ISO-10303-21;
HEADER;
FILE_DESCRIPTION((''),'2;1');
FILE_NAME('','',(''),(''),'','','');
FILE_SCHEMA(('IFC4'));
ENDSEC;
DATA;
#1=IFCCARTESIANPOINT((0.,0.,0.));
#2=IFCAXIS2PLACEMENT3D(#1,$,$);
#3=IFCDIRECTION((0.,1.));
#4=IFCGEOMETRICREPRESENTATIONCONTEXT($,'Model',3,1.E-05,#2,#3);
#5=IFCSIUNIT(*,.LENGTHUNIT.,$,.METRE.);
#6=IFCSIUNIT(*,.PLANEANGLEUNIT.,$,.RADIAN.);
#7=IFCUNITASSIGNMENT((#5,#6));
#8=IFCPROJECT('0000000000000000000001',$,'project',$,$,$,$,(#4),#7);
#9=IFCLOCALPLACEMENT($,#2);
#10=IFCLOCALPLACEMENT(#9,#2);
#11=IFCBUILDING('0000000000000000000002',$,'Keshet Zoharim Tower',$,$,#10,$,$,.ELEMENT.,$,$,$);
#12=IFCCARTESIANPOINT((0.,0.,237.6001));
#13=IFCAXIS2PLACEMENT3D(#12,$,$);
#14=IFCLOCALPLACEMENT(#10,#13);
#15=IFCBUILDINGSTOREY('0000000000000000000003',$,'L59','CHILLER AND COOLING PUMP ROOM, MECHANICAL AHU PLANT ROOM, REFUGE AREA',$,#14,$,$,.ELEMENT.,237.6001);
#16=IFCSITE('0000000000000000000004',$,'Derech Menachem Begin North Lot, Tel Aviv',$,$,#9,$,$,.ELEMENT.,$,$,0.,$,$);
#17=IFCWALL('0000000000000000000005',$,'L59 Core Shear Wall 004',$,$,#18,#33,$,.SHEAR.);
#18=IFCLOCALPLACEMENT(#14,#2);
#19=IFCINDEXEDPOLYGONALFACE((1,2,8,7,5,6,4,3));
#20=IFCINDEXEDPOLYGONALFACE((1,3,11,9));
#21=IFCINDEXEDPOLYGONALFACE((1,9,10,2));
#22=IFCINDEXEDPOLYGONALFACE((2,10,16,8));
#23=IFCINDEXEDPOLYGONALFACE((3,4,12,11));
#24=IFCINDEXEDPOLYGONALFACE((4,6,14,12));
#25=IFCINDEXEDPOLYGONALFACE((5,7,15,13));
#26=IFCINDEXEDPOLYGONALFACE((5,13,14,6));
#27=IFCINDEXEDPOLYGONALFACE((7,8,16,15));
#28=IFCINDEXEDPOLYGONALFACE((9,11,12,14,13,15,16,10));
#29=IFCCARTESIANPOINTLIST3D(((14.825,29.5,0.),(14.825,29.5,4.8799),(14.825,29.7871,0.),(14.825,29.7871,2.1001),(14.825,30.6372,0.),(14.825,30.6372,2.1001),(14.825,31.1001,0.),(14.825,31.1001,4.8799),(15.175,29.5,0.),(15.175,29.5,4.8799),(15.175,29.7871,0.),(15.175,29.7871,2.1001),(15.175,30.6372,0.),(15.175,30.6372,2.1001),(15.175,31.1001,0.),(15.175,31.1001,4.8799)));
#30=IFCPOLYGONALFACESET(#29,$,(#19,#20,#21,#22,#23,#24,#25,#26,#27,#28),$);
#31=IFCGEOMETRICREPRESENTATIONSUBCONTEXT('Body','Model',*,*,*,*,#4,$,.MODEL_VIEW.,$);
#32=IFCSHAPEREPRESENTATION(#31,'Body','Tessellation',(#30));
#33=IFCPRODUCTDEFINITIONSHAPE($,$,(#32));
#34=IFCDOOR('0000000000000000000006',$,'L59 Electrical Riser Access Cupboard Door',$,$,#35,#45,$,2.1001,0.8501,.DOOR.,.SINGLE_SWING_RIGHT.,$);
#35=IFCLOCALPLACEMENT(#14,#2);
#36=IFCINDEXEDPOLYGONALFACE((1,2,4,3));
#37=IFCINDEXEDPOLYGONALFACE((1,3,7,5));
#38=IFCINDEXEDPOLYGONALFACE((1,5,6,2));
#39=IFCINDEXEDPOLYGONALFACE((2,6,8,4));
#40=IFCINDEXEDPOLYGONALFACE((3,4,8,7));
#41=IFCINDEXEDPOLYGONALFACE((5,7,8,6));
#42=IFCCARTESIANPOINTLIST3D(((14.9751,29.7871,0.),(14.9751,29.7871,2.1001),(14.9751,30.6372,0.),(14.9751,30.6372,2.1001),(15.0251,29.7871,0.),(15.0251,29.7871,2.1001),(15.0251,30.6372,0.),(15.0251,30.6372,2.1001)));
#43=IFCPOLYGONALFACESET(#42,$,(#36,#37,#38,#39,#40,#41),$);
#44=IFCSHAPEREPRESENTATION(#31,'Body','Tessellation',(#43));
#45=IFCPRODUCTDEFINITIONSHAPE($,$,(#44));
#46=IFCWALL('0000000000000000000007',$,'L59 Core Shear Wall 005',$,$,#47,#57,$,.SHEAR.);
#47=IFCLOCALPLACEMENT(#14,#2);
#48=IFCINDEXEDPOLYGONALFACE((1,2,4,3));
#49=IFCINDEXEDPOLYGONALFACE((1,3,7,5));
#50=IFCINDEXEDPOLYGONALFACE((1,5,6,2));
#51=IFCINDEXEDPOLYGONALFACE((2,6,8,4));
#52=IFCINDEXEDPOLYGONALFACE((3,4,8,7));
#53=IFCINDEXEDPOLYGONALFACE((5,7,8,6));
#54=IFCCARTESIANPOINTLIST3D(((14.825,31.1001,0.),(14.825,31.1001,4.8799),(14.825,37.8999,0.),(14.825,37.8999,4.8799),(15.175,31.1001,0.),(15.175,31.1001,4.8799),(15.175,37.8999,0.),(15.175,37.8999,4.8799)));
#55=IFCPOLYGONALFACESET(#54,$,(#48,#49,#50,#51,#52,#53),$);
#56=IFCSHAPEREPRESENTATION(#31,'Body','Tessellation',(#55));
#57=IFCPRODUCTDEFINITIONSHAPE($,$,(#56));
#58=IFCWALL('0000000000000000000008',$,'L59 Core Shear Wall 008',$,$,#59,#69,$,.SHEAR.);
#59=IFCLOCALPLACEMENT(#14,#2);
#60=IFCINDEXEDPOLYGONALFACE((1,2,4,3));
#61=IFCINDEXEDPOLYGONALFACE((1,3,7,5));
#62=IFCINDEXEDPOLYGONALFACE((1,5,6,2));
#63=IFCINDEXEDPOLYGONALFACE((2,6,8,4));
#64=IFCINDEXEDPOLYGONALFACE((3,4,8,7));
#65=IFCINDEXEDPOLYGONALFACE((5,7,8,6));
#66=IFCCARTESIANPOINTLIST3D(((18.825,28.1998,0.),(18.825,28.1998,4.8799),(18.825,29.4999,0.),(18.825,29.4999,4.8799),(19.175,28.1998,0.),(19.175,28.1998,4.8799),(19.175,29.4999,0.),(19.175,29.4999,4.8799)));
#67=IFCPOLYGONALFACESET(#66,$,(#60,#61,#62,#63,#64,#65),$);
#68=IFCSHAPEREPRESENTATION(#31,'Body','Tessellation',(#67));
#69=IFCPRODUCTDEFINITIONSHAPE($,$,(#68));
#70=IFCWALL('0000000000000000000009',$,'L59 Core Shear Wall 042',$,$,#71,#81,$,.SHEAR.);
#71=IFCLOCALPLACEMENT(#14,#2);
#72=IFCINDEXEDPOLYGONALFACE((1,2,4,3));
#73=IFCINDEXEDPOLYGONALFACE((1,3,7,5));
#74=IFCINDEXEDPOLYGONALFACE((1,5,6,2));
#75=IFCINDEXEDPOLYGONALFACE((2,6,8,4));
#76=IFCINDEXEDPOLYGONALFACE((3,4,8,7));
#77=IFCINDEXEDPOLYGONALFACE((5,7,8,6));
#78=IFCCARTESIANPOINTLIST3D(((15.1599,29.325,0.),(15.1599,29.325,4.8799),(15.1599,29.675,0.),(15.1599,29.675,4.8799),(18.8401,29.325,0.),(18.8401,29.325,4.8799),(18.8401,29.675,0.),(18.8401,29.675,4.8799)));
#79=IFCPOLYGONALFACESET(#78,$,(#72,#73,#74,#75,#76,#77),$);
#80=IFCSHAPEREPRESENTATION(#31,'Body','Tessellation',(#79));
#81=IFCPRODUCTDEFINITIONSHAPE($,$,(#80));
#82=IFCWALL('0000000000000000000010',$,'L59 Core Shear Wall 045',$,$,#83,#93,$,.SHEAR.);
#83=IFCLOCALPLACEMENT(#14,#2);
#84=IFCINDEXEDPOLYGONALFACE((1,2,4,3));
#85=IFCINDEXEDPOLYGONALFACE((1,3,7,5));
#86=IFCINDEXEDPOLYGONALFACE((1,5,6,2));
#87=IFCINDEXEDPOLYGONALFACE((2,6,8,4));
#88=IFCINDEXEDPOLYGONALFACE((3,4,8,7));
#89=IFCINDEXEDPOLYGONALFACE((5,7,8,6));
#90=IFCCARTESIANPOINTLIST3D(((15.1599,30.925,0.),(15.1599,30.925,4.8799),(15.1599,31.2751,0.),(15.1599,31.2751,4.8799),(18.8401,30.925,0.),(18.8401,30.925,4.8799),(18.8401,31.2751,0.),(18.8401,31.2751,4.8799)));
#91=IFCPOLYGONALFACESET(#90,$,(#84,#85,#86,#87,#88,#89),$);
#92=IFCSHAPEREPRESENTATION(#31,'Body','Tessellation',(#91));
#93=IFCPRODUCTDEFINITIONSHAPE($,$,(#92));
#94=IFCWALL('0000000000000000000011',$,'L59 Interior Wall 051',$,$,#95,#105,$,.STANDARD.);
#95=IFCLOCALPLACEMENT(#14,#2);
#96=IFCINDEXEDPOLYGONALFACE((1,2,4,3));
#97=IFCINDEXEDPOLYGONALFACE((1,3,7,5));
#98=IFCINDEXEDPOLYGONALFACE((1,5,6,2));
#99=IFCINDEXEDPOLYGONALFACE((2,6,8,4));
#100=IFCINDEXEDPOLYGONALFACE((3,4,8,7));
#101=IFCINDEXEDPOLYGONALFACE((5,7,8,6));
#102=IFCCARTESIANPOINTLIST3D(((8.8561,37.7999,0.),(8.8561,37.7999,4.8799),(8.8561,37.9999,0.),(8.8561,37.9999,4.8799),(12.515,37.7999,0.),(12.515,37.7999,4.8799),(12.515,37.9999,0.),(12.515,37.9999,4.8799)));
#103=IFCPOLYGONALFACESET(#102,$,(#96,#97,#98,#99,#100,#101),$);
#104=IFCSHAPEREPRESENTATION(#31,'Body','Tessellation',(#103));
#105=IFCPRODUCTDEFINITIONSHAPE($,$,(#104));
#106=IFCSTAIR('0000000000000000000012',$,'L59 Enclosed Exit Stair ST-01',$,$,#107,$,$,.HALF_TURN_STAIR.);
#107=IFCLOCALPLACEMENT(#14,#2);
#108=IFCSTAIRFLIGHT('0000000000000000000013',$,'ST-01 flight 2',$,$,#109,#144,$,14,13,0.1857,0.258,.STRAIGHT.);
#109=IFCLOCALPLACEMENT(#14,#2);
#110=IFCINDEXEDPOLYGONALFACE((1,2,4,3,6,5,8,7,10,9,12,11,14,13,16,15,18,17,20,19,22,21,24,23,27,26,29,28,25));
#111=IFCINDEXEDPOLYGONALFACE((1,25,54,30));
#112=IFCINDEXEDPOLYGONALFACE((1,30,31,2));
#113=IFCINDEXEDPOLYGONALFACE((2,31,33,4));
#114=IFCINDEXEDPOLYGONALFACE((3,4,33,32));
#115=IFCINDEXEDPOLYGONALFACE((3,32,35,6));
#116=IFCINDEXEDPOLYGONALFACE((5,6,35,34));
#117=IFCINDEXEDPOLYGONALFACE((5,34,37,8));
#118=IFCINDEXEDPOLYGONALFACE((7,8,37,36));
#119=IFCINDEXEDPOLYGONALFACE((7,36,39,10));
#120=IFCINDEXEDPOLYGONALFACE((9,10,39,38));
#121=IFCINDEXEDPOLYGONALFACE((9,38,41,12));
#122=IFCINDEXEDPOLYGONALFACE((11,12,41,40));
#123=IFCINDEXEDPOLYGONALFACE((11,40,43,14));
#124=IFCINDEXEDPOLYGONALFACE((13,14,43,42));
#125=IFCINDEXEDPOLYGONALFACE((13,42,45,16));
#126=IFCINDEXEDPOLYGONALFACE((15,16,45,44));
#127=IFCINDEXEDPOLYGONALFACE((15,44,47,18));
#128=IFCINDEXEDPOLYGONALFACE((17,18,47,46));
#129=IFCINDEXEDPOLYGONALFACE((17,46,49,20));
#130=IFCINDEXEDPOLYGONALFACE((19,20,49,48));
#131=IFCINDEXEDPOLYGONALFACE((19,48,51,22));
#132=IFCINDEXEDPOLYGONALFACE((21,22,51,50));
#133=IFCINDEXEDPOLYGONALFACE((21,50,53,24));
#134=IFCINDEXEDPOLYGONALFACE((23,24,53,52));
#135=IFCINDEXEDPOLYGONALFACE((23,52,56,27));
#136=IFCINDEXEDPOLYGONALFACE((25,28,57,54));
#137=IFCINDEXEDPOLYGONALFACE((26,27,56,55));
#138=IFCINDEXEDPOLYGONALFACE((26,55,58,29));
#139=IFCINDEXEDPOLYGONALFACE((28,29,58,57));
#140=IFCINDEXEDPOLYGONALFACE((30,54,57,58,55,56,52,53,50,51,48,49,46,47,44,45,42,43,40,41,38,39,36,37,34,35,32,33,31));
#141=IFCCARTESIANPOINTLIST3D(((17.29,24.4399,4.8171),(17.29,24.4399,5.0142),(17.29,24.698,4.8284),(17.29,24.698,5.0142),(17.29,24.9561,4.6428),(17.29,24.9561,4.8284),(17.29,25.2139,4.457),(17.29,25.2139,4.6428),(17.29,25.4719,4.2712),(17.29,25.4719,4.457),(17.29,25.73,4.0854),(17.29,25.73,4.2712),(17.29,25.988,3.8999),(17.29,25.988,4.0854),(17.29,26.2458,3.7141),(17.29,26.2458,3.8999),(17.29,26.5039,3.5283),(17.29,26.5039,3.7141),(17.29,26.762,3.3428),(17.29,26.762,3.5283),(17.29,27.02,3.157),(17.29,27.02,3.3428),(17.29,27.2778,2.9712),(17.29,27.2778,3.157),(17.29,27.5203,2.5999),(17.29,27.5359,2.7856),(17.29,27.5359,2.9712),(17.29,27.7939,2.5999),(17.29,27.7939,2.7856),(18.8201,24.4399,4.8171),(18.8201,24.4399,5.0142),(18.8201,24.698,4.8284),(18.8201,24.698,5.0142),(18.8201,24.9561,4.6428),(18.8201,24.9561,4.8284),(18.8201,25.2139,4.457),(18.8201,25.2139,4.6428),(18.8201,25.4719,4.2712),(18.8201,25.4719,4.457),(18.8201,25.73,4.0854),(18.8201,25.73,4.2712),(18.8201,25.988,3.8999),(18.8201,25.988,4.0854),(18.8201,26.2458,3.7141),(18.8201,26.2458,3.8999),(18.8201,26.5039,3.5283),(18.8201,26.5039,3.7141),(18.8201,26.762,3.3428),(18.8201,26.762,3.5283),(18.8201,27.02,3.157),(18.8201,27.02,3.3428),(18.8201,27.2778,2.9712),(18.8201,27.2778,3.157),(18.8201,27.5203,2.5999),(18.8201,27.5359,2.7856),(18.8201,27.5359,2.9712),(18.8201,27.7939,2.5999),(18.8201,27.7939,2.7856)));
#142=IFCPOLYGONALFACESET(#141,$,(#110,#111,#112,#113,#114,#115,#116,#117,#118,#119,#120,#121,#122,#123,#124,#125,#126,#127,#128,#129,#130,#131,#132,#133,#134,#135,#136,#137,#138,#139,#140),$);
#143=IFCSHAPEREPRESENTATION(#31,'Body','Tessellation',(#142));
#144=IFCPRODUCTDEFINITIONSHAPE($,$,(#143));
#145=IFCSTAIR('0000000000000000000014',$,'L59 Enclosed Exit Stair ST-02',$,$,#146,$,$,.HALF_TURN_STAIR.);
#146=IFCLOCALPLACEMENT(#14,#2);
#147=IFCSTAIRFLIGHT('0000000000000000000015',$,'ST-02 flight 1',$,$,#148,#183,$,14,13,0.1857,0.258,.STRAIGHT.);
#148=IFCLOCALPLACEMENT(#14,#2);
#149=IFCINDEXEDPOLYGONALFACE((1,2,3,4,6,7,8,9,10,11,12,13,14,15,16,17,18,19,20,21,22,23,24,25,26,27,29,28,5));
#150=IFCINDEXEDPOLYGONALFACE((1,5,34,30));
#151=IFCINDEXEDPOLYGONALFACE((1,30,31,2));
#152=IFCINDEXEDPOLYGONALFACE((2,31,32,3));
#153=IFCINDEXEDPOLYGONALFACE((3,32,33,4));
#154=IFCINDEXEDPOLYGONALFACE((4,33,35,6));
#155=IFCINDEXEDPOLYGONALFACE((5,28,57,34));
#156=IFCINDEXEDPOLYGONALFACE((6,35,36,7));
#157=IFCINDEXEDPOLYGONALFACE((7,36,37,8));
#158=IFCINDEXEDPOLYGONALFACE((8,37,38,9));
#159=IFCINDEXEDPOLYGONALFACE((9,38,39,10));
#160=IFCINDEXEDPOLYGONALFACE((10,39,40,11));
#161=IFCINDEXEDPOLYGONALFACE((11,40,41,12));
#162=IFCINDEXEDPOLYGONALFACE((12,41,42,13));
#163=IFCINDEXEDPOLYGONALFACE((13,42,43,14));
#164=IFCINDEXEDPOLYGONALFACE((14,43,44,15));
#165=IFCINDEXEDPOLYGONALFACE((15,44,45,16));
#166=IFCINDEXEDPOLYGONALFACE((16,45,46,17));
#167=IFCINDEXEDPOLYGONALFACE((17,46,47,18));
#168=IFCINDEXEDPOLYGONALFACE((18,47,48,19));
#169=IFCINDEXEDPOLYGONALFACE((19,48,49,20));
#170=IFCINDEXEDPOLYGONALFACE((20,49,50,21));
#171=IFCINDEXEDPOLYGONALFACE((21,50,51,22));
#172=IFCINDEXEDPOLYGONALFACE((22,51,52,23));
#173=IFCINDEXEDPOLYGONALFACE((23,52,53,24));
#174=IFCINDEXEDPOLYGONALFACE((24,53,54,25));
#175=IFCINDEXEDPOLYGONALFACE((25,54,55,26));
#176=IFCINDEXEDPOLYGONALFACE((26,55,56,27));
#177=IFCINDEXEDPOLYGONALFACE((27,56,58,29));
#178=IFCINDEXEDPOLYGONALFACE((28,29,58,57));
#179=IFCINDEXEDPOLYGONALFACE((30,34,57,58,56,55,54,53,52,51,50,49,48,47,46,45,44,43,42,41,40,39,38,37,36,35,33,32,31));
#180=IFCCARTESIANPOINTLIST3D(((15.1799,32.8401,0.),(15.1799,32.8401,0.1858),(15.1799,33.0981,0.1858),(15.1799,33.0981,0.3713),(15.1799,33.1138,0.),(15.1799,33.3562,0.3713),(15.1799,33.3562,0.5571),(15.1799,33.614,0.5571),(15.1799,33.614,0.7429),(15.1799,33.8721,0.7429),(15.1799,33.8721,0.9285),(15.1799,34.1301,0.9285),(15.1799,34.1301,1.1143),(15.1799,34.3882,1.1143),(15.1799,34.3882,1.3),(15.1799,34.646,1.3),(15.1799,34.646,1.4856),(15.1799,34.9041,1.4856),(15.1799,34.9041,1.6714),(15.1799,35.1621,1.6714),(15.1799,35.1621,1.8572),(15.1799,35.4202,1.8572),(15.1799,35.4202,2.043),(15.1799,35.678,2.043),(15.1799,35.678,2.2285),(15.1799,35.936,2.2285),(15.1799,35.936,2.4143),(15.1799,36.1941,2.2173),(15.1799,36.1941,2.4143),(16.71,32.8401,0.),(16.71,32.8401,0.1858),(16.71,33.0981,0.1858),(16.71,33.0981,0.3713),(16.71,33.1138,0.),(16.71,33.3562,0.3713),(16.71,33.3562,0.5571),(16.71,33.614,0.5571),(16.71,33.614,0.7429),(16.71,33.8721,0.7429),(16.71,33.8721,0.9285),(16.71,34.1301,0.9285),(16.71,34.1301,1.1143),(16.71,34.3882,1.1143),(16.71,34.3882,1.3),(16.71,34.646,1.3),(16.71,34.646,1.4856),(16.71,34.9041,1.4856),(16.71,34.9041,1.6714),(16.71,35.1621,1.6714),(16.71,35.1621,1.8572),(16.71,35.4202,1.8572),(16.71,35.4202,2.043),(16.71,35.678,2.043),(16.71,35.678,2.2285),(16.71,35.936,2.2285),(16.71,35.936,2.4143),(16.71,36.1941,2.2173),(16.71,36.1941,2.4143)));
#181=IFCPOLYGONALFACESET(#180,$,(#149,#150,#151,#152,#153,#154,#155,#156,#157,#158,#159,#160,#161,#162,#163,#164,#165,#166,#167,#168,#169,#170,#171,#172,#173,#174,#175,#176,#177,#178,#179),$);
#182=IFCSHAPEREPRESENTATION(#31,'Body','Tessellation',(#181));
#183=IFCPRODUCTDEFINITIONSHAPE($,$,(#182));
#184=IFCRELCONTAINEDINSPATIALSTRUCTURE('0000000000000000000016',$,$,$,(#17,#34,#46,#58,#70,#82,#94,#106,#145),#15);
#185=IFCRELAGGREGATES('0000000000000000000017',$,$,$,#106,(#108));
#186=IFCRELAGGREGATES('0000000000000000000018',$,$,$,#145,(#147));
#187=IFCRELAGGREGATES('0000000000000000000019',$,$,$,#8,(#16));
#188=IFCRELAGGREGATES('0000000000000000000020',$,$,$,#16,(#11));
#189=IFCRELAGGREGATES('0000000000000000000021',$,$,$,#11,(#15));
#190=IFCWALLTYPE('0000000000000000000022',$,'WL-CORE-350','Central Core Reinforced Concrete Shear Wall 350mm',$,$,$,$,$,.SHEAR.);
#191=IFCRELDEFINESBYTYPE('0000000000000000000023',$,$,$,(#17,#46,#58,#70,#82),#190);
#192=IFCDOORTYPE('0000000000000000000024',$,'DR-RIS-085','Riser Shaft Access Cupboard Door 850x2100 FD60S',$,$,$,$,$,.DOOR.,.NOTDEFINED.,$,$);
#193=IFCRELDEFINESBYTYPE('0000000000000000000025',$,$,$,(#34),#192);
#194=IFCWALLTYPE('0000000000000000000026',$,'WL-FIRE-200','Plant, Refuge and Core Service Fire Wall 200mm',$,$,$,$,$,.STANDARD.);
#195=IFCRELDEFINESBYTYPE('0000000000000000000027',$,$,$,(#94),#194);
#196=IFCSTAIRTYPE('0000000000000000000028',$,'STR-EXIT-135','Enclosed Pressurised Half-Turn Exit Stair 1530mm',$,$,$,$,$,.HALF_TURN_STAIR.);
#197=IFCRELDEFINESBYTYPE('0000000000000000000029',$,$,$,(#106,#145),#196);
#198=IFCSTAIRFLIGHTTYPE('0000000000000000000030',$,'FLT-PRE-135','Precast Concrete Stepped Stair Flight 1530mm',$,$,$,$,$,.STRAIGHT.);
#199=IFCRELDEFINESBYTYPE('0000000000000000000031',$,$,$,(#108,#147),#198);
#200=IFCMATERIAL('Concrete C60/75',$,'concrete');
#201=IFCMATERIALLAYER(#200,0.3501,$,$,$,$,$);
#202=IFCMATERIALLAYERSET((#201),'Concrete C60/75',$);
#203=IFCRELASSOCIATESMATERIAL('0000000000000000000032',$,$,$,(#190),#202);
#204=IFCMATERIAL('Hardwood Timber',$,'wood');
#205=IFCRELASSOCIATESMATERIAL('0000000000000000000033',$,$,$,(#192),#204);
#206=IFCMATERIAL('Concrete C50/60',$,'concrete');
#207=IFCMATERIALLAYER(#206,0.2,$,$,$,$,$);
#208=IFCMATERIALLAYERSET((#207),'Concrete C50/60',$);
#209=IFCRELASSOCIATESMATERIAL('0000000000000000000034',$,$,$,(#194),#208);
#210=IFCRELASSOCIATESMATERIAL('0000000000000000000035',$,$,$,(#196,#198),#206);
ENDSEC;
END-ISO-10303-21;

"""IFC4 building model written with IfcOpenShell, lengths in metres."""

from ifc_helpers import new_model, si_unit, direction, frame, frame_2d, origin, place, context, subcontext, project, spatial, polyline, rectangle, outline, extrude, material, layer, layer_set, type_object, element, fill, aggregate, save


model = new_model("IFC4")

# Units and contexts
model_context = context("Model", 3, precision=1e-05, world=origin(), true_north=direction((0.0, 1.0)))
body_context = subcontext(model_context, "Body", "Model", "MODEL_VIEW")
ifc_project = project(units=[si_unit("LENGTHUNIT", "METRE"), si_unit("PLANEANGLEUNIT", "RADIAN")], contexts=[model_context])

# Site, building, storey
site_placement = place(None, origin())
site = spatial("IfcSite", under=ifc_project, at=site_placement, Name="Derech Menachem Begin North Lot, Tel Aviv", CompositionType="ELEMENT", RefElevation=0.0)
building_placement = place(site_placement, origin())
building = spatial("IfcBuilding", under=site, at=building_placement, Name="Keshet Zoharim Tower", CompositionType="ELEMENT")
storey_placement = place(building_placement, frame((0.0, 0.0, 237.6001)))
storey = spatial("IfcBuildingStorey", under=building, at=storey_placement, Name="L59", Description="CHILLER AND COOLING PUMP ROOM, MECHANICAL AHU PLANT ROOM, REFUGE AREA", CompositionType="ELEMENT", Elevation=237.6001)

# Wall, opening, door
ifc_material_1 = material(Name="Concrete C60/75", Category="concrete")
ifc_layer_1 = layer(ifc_material_1, 0.3501)
ifc_layer_set_1 = layer_set([ifc_layer_1], Name="Concrete C60/75")
wall_type_1 = type_object("IfcWallType", Name="WL-CORE-350", Description="Central Core Reinforced Concrete Shear Wall 350mm", PredefinedType="SHEAR", material=ifc_layer_set_1)
wall_1_placement = place(storey_placement, frame((15.0, 29.5, 0.0), z_axis=(0.0, 0.0, 1.0), x_axis=(0.0, 1.0, 0.0)))
wall_1 = element("IfcWall", 1, at=wall_1_placement, inside=storey, type_object=wall_type_1, Name="L59 Core Shear Wall 004", PredefinedType="SHEAR", context=body_context, shape_type="SweptSolid", body=[
    extrude(rectangle(XDim=1.6001, YDim=0.3501, at=frame_2d((0.8, 0.0))), origin(), (0.0, 0.0, 1.0), 4.8799),
])
opening_placement = place(wall_1_placement, frame((0.2871, 0.0, 0.0)))
opening = element("IfcOpeningElement", 2, at=opening_placement, cuts=wall_1, PredefinedType="OPENING", context=body_context, shape_type="SweptSolid", body=[
    extrude(rectangle(XDim=0.8501, YDim=2.1001, at=frame_2d((0.425, 1.05))), frame((0.0, 0.1851, 0.0), z_axis=(0.0, -1.0, 0.0), x_axis=(1.0, 0.0, 0.0)), (0.0, 0.0, 1.0), 0.3701),
])
ifc_material_2 = material(Name="Hardwood Timber", Category="wood")
door_type = type_object("IfcDoorType", Name="DR-RIS-085", Description="Riser Shaft Access Cupboard Door 850x2100 FD60S", OperationType="NOTDEFINED", PredefinedType="DOOR", material=ifc_material_2)
door_placement = place(opening_placement, origin())
door = element("IfcDoor", 3, at=door_placement, inside=storey, type_object=door_type, Name="L59 Electrical Riser Access Cupboard Door", OperationType="SINGLE_SWING_RIGHT", OverallHeight=2.1001, OverallWidth=0.8501, PredefinedType="DOOR", context=body_context, shape_type="SweptSolid", body=[
    extrude(rectangle(XDim=0.8501, YDim=2.1001, at=frame_2d((0.425, 1.05))), frame((0.0, 0.0249, 0.0), z_axis=(0.0, -1.0, 0.0), x_axis=(1.0, 0.0, 0.0)), (0.0, 0.0, 1.0), 0.05),
])
fill(opening, door)

# Walls
wall_2_placement = place(storey_placement, frame((15.0, 31.1001, 0.0), z_axis=(0.0, 0.0, 1.0), x_axis=(0.0, 1.0, 0.0)))
element("IfcWall", 4, at=wall_2_placement, inside=storey, type_object=wall_type_1, Name="L59 Core Shear Wall 005", PredefinedType="SHEAR", context=body_context, shape_type="SweptSolid", body=[
    extrude(rectangle(XDim=6.7998, YDim=0.3501, at=frame_2d((3.3999, 0.0))), origin(), (0.0, 0.0, 1.0), 4.8799),
])
wall_3_placement = place(storey_placement, frame((19.0, 28.2, 0.0), z_axis=(0.0, 0.0, 1.0), x_axis=(0.0, 1.0, 0.0)))
element("IfcWall", 5, at=wall_3_placement, inside=storey, type_object=wall_type_1, Name="L59 Core Shear Wall 008", PredefinedType="SHEAR", context=body_context, shape_type="SweptSolid", body=[
    extrude(rectangle(XDim=1.3, YDim=0.3501, at=frame_2d((0.6499, 0.0))), origin(), (0.0, 0.0, 1.0), 4.8799),
])
for number, where, z_axis, x_axis, name in (
    (6, (15.1599, 29.5, 0.0), (0.0, 0.0, 1.0), (1.0, 0.0, 0.0), "L59 Core Shear Wall 042"),
    (7, (15.1599, 31.1001, 0.0), (0.0, 0.0, 1.0), (1.0, 0.0, 0.0), "L59 Core Shear Wall 045"),
):
    element("IfcWall", number, at=place(storey_placement, frame(where, z_axis=z_axis, x_axis=x_axis)), inside=storey, type_object=wall_type_1, Name=name, PredefinedType="SHEAR", context=body_context, shape_type="SweptSolid", body=[
        extrude(rectangle(XDim=3.6802, YDim=0.3501, at=frame_2d((1.8401, 0.0))), origin(), (0.0, 0.0, 1.0), 4.8799),
    ])
ifc_material_3 = material(Name="Concrete C50/60", Category="concrete")
ifc_layer_2 = layer(ifc_material_3, 0.2)
ifc_layer_set_2 = layer_set([ifc_layer_2], Name="Concrete C50/60")
wall_type_2 = type_object("IfcWallType", Name="WL-FIRE-200", Description="Plant, Refuge and Core Service Fire Wall 200mm", PredefinedType="STANDARD", material=ifc_layer_set_2)
wall_4_placement = place(storey_placement, frame((8.856, 37.8999, 0.0), z_axis=(0.0, 0.0, 1.0), x_axis=(1.0, 0.0, 0.0)))
element("IfcWall", 8, at=wall_4_placement, inside=storey, type_object=wall_type_2, Name="L59 Interior Wall 051", PredefinedType="STANDARD", context=body_context, shape_type="SweptSolid", body=[
    extrude(rectangle(XDim=3.6589, YDim=0.2, at=frame_2d((1.8296, 0.0))), origin(), (0.0, 0.0, 1.0), 4.8799),
])

# Stair, stair flight
stair_type = type_object("IfcStairType", Name="STR-EXIT-135", Description="Enclosed Pressurised Half-Turn Exit Stair 1530mm", PredefinedType="HALF_TURN_STAIR", material=ifc_material_3)
stair_1_placement = place(storey_placement, origin())
stair_1 = element("IfcStair", 9, at=stair_1_placement, inside=storey, type_object=stair_type, Name="L59 Enclosed Exit Stair ST-01", PredefinedType="HALF_TURN_STAIR")
stair_flight_type = type_object("IfcStairFlightType", Name="FLT-PRE-135", Description="Precast Concrete Stepped Stair Flight 1530mm", PredefinedType="STRAIGHT", material=ifc_material_3)
stair_flight_1_placement = place(storey_placement, frame((18.0549, 27.7939, 2.5999), z_axis=(0.0, 0.0, 1.0), x_axis=(0.0, -1.0, 0.0)))
stair_flight_1 = element("IfcStairFlight", 10, at=stair_flight_1_placement, type_object=stair_flight_type, Name="ST-01 flight 2", NumberOfRisers=14, NumberOfTreads=13, PredefinedType="STRAIGHT", RiserHeight=0.1857, TreadLength=0.258, context=body_context, shape_type="SweptSolid", body=[
    extrude(outline(polyline([(0.0, 0.0), (0.0, 0.1858), (0.2581, 0.1858), (0.2581, 0.3713), (0.5161, 0.3713), (0.5161, 0.5571), (0.7739, 0.5571), (0.7739, 0.7429), (1.032, 0.7429), (1.032, 0.9285), (1.29, 0.9285), (1.29, 1.1143), (1.5481, 1.1143), (1.5481, 1.3), (1.8059, 1.3), (1.8059, 1.4856), (2.064, 1.4856), (2.064, 1.6714), (2.322, 1.6714), (2.322, 1.8572), (2.5801, 1.8572), (2.5801, 2.043), (2.8379, 2.043), (2.8379, 2.2285), (3.0959, 2.2285), (3.0959, 2.4143), (3.354, 2.4143), (3.354, 2.6001), (3.354, 2.2173), (0.2737, 0.0), (0.0, 0.0)])), frame((0.0, 0.7651, 0.0), z_axis=(0.0, -1.0, 0.0), x_axis=(1.0, 0.0, 0.0)), (0.0, 0.0, 1.0), 1.53),
])
aggregate(stair_1, [stair_flight_1])

# Stair, stair flight
stair_2_placement = place(storey_placement, origin())
stair_2 = element("IfcStair", 11, at=stair_2_placement, inside=storey, type_object=stair_type, Name="L59 Enclosed Exit Stair ST-02", PredefinedType="HALF_TURN_STAIR")
stair_flight_2_placement = place(storey_placement, frame((15.9451, 32.8401, 0.0), z_axis=(0.0, 0.0, 1.0), x_axis=(0.0, 1.0, 0.0)))
stair_flight_2 = element("IfcStairFlight", 12, at=stair_flight_2_placement, type_object=stair_flight_type, Name="ST-02 flight 1", NumberOfRisers=14, NumberOfTreads=13, PredefinedType="STRAIGHT", RiserHeight=0.1857, TreadLength=0.258, context=body_context, shape_type="SweptSolid", body=[
    extrude(outline(polyline([(0.0, 0.0), (0.0, 0.1858), (0.2581, 0.1858), (0.2581, 0.3713), (0.5161, 0.3713), (0.5161, 0.5571), (0.7739, 0.5571), (0.7739, 0.7429), (1.032, 0.7429), (1.032, 0.9285), (1.29, 0.9285), (1.29, 1.1143), (1.5481, 1.1143), (1.5481, 1.3), (1.8059, 1.3), (1.8059, 1.4856), (2.064, 1.4856), (2.064, 1.6714), (2.322, 1.6714), (2.322, 1.8572), (2.5801, 1.8572), (2.5801, 2.043), (2.8379, 2.043), (2.8379, 2.2285), (3.0959, 2.2285), (3.0959, 2.4143), (3.354, 2.4143), (3.354, 2.6001), (3.354, 2.2173), (0.2737, 0.0), (0.0, 0.0)])), frame((0.0, 0.7651, 0.0), z_axis=(0.0, -1.0, 0.0), x_axis=(1.0, 0.0, 0.0)), (0.0, 0.0, 1.0), 1.53),
])
aggregate(stair_2, [stair_flight_2])

save(model, "model.ifc")
